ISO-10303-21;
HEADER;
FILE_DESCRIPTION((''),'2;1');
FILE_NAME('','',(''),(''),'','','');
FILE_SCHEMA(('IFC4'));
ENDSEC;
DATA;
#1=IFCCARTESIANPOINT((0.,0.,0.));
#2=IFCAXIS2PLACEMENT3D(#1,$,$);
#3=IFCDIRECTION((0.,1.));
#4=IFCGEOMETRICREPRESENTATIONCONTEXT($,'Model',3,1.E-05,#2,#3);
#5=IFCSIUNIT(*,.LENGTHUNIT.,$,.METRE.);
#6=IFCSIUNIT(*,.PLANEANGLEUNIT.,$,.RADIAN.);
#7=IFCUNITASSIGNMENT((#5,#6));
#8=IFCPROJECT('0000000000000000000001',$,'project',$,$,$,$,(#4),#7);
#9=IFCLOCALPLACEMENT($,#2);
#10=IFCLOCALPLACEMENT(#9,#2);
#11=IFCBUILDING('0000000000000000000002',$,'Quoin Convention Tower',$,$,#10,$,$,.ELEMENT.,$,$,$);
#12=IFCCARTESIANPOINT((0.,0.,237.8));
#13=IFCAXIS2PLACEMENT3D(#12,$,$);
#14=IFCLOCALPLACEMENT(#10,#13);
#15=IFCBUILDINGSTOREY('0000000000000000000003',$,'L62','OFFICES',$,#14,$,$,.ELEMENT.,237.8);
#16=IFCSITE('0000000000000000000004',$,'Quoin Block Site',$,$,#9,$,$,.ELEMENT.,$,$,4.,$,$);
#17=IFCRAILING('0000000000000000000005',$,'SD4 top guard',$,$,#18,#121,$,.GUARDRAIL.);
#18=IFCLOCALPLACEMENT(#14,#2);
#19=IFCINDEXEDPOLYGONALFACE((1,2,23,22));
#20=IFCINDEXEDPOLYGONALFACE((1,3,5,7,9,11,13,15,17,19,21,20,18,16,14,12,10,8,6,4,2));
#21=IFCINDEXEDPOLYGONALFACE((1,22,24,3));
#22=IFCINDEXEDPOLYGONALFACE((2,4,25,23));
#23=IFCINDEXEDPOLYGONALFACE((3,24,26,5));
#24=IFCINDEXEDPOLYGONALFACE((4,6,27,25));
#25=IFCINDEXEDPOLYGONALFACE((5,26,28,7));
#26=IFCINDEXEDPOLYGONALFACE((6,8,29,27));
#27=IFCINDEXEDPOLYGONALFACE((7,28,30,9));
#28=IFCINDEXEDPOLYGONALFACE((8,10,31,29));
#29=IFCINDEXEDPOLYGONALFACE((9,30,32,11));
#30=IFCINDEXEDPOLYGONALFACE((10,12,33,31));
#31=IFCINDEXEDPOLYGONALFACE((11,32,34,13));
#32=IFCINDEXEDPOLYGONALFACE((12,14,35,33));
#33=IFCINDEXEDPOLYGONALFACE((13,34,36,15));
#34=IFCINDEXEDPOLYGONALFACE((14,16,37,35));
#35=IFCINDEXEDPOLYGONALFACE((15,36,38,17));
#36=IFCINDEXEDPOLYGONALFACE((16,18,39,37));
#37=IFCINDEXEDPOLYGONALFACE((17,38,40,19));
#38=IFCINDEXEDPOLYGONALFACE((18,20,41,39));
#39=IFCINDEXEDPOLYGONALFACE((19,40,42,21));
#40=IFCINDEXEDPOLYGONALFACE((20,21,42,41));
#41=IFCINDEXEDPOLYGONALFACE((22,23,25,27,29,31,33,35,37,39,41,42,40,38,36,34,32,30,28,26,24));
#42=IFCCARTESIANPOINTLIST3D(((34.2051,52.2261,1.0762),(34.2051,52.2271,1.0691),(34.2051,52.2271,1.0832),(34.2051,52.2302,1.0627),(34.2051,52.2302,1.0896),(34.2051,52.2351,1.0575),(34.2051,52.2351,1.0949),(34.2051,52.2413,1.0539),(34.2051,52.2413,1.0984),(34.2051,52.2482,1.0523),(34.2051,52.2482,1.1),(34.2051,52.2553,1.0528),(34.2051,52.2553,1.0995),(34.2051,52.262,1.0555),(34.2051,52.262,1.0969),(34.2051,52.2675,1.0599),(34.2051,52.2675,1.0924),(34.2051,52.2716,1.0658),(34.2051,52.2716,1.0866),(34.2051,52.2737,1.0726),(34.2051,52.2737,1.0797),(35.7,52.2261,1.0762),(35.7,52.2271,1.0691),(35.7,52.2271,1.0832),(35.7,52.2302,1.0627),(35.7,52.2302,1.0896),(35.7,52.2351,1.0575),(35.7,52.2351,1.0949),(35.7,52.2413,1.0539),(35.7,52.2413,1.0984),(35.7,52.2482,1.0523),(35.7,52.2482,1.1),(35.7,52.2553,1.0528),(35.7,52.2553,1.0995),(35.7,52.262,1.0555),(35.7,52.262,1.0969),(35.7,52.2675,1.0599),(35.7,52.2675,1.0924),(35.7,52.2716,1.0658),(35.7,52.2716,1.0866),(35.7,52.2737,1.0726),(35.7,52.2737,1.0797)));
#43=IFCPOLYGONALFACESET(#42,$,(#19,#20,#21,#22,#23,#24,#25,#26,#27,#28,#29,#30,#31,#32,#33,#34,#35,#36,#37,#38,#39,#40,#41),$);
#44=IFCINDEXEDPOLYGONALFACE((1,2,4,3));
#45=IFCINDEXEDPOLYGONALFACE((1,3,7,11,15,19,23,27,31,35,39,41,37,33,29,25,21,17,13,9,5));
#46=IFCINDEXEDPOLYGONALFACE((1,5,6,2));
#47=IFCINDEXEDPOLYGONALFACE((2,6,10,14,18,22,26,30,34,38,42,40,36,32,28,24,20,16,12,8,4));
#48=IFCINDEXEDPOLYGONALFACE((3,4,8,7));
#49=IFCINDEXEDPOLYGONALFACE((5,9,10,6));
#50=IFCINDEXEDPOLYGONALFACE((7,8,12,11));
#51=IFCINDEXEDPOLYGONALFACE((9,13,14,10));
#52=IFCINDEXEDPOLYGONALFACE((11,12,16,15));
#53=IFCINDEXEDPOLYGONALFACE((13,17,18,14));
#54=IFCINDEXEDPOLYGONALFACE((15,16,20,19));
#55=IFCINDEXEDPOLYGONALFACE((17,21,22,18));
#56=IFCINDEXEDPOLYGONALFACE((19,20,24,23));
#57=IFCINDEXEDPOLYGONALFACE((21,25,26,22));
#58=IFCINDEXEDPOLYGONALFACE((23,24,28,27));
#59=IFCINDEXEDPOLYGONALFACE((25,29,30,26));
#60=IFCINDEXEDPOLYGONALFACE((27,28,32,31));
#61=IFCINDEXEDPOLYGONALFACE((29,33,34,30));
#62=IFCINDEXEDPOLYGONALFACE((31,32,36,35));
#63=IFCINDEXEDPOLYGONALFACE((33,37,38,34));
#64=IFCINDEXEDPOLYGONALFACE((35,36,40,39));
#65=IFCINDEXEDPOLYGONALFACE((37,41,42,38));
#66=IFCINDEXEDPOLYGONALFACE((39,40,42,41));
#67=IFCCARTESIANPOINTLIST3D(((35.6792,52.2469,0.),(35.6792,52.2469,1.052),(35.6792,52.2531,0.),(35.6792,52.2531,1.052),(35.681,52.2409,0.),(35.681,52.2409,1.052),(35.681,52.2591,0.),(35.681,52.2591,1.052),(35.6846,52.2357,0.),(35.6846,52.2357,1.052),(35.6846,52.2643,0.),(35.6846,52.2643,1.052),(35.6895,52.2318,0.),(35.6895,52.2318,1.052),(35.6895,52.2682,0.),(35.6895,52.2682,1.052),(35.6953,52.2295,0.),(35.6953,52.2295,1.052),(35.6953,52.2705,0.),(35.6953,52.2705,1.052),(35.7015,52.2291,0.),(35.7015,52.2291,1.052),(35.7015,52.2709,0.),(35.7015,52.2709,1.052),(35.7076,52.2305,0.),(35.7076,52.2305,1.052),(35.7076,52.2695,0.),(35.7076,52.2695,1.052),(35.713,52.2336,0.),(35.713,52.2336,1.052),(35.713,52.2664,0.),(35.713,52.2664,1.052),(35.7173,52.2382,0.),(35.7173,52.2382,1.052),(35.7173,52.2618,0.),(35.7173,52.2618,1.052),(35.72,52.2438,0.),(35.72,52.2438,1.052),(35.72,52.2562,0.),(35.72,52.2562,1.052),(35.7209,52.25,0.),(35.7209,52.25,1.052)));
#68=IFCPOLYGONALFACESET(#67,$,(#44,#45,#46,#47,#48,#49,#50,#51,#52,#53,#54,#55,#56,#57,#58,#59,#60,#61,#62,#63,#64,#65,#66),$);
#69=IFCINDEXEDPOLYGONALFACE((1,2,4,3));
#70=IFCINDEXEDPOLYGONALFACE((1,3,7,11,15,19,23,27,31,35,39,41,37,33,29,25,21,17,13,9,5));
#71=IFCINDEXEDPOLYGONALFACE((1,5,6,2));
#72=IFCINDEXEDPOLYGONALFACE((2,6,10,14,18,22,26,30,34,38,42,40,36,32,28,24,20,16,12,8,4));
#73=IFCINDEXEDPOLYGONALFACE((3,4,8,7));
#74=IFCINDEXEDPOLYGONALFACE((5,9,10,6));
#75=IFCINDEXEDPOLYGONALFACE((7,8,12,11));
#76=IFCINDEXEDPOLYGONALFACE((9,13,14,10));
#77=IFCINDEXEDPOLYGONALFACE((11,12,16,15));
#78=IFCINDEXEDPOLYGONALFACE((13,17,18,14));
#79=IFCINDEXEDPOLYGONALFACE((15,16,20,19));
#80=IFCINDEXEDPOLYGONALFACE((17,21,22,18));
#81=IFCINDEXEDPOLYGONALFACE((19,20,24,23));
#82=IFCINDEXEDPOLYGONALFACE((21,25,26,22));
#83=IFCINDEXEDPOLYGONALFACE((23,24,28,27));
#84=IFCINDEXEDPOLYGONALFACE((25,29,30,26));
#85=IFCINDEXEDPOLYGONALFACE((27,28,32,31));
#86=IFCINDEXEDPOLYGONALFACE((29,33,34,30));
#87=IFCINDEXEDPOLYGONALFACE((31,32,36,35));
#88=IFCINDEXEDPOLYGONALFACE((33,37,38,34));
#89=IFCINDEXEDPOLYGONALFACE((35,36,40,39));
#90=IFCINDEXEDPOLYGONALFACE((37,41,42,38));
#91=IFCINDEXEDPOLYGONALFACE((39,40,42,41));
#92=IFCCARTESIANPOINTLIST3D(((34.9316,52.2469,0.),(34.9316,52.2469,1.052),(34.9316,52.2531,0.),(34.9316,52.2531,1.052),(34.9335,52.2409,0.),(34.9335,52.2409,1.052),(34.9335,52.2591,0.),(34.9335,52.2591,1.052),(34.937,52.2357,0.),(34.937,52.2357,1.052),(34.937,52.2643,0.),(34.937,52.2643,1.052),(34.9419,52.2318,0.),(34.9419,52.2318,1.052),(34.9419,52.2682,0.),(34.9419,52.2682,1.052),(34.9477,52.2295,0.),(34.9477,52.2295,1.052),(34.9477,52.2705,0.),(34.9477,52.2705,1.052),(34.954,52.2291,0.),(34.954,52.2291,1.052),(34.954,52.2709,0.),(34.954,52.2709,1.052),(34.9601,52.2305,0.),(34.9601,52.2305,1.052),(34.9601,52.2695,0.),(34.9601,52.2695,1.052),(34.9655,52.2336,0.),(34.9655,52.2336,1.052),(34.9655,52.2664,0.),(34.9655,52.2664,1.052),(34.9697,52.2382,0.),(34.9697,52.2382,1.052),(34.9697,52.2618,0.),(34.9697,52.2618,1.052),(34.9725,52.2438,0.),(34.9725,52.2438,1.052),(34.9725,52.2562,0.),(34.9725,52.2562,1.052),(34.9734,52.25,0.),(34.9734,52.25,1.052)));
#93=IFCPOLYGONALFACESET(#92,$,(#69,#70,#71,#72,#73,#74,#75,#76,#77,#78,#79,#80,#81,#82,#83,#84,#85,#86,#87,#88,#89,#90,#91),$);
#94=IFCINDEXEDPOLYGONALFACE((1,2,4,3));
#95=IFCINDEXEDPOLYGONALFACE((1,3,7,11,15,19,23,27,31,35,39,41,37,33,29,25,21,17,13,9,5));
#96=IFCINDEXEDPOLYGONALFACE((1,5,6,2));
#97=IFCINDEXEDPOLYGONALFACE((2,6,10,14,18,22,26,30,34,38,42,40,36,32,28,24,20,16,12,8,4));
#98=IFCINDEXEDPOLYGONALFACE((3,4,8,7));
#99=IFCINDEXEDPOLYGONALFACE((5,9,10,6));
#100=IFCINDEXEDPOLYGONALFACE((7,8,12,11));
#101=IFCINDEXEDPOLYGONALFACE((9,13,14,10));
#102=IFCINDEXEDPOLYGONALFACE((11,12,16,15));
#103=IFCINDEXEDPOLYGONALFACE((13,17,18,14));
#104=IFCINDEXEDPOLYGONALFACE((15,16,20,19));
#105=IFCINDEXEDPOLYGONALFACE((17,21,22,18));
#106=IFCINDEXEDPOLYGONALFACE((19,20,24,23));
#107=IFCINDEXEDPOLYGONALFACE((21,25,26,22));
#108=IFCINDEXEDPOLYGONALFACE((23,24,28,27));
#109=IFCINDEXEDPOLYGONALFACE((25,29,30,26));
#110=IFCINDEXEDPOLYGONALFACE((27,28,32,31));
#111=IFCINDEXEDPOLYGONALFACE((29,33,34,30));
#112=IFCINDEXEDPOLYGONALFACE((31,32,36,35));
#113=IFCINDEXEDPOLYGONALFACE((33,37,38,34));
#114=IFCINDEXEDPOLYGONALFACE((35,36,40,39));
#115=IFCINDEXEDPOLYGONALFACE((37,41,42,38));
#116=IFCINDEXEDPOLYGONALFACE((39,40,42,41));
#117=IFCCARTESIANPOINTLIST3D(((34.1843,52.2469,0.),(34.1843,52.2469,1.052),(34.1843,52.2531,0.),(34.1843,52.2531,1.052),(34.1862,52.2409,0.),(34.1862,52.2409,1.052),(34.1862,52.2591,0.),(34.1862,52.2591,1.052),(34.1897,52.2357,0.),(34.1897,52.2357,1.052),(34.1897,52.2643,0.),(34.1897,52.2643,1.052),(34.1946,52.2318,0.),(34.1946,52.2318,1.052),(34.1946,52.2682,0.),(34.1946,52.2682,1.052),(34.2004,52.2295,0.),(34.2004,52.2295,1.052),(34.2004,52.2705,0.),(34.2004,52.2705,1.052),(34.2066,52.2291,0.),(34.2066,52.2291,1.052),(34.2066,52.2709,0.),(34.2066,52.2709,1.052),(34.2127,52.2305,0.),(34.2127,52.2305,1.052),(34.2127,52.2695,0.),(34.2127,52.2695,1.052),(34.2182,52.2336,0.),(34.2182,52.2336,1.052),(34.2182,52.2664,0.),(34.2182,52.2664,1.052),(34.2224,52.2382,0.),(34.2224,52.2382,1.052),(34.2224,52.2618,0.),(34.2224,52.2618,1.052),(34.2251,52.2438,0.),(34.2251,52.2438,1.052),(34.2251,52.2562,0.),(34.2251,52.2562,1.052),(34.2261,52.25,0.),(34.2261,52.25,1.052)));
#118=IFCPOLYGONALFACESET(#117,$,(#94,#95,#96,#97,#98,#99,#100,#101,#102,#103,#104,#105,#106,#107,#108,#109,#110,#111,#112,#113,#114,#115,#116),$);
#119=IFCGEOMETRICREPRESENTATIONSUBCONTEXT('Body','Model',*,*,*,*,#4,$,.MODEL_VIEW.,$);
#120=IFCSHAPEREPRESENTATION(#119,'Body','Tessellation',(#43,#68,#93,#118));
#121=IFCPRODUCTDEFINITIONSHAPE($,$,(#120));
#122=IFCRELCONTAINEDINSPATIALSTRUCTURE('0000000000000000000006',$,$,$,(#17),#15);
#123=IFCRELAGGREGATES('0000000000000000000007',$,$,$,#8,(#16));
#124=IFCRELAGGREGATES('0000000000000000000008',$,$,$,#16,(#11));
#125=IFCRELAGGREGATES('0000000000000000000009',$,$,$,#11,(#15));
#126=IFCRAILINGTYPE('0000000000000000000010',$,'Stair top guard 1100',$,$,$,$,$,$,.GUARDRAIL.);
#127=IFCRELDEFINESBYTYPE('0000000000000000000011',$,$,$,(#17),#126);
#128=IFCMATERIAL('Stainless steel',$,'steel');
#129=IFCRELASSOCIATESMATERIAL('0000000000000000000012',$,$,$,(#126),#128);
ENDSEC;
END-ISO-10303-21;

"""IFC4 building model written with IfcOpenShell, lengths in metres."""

from ifc_helpers import new_model, si_unit, direction, frame, origin, origin_2d, place, context, subcontext, project, spatial, circle, extrude, material, type_object, element, save


model = new_model("IFC4")

# Units and contexts
model_context = context("Model", 3, precision=1e-05, world=origin(), true_north=direction((0.0, 1.0)))
body_context = subcontext(model_context, "Body", "Model", "MODEL_VIEW")
ifc_project = project(units=[si_unit("LENGTHUNIT", "METRE"), si_unit("PLANEANGLEUNIT", "RADIAN")], contexts=[model_context])

# Site, building, storey
site_placement = place(None, origin())
site = spatial("IfcSite", under=ifc_project, at=site_placement, Name="Quoin Block Site", CompositionType="ELEMENT", RefElevation=4.0)
building_placement = place(site_placement, origin())
building = spatial("IfcBuilding", under=site, at=building_placement, Name="Quoin Convention Tower", CompositionType="ELEMENT")
storey_placement = place(building_placement, frame((0.0, 0.0, 237.8)))
storey = spatial("IfcBuildingStorey", under=building, at=storey_placement, Name="L62", Description="OFFICES", CompositionType="ELEMENT", Elevation=237.8)

# Railing
ifc_material_1 = material(Name="Stainless steel", Category="steel")
railing_type_1 = type_object("IfcRailingType", Name="Stair top guard 1100", PredefinedType="GUARDRAIL", material=ifc_material_1)
railing_1_placement = place(storey_placement, frame((35.7, 52.25, 0.0)))
element("IfcRailing", 1, at=railing_1_placement, inside=storey, type_object=railing_type_1, Name="SD4 top guard", PredefinedType="GUARDRAIL", context=body_context, shape_type="SweptSolid", body=[
    extrude(circle(Radius=0.0239, at=origin_2d()), frame((0.0, 0.0, 1.0762), z_axis=(-1.0, 0.0, 0.0), x_axis=(0.0, -1.0, 0.0)), (0.0, 0.0, 1.0), 1.4949),
    extrude(circle(Radius=0.021, at=origin_2d()), origin(), (0.0, 0.0, 1.0), 1.052),
    extrude(circle(Radius=0.021, at=origin_2d()), frame((-0.7476, 0.0, 0.0)), (0.0, 0.0, 1.0), 1.052),
    extrude(circle(Radius=0.021, at=origin_2d()), frame((-1.4949, 0.0, 0.0)), (0.0, 0.0, 1.0), 1.052),
])

save(model, "model.ifc")
